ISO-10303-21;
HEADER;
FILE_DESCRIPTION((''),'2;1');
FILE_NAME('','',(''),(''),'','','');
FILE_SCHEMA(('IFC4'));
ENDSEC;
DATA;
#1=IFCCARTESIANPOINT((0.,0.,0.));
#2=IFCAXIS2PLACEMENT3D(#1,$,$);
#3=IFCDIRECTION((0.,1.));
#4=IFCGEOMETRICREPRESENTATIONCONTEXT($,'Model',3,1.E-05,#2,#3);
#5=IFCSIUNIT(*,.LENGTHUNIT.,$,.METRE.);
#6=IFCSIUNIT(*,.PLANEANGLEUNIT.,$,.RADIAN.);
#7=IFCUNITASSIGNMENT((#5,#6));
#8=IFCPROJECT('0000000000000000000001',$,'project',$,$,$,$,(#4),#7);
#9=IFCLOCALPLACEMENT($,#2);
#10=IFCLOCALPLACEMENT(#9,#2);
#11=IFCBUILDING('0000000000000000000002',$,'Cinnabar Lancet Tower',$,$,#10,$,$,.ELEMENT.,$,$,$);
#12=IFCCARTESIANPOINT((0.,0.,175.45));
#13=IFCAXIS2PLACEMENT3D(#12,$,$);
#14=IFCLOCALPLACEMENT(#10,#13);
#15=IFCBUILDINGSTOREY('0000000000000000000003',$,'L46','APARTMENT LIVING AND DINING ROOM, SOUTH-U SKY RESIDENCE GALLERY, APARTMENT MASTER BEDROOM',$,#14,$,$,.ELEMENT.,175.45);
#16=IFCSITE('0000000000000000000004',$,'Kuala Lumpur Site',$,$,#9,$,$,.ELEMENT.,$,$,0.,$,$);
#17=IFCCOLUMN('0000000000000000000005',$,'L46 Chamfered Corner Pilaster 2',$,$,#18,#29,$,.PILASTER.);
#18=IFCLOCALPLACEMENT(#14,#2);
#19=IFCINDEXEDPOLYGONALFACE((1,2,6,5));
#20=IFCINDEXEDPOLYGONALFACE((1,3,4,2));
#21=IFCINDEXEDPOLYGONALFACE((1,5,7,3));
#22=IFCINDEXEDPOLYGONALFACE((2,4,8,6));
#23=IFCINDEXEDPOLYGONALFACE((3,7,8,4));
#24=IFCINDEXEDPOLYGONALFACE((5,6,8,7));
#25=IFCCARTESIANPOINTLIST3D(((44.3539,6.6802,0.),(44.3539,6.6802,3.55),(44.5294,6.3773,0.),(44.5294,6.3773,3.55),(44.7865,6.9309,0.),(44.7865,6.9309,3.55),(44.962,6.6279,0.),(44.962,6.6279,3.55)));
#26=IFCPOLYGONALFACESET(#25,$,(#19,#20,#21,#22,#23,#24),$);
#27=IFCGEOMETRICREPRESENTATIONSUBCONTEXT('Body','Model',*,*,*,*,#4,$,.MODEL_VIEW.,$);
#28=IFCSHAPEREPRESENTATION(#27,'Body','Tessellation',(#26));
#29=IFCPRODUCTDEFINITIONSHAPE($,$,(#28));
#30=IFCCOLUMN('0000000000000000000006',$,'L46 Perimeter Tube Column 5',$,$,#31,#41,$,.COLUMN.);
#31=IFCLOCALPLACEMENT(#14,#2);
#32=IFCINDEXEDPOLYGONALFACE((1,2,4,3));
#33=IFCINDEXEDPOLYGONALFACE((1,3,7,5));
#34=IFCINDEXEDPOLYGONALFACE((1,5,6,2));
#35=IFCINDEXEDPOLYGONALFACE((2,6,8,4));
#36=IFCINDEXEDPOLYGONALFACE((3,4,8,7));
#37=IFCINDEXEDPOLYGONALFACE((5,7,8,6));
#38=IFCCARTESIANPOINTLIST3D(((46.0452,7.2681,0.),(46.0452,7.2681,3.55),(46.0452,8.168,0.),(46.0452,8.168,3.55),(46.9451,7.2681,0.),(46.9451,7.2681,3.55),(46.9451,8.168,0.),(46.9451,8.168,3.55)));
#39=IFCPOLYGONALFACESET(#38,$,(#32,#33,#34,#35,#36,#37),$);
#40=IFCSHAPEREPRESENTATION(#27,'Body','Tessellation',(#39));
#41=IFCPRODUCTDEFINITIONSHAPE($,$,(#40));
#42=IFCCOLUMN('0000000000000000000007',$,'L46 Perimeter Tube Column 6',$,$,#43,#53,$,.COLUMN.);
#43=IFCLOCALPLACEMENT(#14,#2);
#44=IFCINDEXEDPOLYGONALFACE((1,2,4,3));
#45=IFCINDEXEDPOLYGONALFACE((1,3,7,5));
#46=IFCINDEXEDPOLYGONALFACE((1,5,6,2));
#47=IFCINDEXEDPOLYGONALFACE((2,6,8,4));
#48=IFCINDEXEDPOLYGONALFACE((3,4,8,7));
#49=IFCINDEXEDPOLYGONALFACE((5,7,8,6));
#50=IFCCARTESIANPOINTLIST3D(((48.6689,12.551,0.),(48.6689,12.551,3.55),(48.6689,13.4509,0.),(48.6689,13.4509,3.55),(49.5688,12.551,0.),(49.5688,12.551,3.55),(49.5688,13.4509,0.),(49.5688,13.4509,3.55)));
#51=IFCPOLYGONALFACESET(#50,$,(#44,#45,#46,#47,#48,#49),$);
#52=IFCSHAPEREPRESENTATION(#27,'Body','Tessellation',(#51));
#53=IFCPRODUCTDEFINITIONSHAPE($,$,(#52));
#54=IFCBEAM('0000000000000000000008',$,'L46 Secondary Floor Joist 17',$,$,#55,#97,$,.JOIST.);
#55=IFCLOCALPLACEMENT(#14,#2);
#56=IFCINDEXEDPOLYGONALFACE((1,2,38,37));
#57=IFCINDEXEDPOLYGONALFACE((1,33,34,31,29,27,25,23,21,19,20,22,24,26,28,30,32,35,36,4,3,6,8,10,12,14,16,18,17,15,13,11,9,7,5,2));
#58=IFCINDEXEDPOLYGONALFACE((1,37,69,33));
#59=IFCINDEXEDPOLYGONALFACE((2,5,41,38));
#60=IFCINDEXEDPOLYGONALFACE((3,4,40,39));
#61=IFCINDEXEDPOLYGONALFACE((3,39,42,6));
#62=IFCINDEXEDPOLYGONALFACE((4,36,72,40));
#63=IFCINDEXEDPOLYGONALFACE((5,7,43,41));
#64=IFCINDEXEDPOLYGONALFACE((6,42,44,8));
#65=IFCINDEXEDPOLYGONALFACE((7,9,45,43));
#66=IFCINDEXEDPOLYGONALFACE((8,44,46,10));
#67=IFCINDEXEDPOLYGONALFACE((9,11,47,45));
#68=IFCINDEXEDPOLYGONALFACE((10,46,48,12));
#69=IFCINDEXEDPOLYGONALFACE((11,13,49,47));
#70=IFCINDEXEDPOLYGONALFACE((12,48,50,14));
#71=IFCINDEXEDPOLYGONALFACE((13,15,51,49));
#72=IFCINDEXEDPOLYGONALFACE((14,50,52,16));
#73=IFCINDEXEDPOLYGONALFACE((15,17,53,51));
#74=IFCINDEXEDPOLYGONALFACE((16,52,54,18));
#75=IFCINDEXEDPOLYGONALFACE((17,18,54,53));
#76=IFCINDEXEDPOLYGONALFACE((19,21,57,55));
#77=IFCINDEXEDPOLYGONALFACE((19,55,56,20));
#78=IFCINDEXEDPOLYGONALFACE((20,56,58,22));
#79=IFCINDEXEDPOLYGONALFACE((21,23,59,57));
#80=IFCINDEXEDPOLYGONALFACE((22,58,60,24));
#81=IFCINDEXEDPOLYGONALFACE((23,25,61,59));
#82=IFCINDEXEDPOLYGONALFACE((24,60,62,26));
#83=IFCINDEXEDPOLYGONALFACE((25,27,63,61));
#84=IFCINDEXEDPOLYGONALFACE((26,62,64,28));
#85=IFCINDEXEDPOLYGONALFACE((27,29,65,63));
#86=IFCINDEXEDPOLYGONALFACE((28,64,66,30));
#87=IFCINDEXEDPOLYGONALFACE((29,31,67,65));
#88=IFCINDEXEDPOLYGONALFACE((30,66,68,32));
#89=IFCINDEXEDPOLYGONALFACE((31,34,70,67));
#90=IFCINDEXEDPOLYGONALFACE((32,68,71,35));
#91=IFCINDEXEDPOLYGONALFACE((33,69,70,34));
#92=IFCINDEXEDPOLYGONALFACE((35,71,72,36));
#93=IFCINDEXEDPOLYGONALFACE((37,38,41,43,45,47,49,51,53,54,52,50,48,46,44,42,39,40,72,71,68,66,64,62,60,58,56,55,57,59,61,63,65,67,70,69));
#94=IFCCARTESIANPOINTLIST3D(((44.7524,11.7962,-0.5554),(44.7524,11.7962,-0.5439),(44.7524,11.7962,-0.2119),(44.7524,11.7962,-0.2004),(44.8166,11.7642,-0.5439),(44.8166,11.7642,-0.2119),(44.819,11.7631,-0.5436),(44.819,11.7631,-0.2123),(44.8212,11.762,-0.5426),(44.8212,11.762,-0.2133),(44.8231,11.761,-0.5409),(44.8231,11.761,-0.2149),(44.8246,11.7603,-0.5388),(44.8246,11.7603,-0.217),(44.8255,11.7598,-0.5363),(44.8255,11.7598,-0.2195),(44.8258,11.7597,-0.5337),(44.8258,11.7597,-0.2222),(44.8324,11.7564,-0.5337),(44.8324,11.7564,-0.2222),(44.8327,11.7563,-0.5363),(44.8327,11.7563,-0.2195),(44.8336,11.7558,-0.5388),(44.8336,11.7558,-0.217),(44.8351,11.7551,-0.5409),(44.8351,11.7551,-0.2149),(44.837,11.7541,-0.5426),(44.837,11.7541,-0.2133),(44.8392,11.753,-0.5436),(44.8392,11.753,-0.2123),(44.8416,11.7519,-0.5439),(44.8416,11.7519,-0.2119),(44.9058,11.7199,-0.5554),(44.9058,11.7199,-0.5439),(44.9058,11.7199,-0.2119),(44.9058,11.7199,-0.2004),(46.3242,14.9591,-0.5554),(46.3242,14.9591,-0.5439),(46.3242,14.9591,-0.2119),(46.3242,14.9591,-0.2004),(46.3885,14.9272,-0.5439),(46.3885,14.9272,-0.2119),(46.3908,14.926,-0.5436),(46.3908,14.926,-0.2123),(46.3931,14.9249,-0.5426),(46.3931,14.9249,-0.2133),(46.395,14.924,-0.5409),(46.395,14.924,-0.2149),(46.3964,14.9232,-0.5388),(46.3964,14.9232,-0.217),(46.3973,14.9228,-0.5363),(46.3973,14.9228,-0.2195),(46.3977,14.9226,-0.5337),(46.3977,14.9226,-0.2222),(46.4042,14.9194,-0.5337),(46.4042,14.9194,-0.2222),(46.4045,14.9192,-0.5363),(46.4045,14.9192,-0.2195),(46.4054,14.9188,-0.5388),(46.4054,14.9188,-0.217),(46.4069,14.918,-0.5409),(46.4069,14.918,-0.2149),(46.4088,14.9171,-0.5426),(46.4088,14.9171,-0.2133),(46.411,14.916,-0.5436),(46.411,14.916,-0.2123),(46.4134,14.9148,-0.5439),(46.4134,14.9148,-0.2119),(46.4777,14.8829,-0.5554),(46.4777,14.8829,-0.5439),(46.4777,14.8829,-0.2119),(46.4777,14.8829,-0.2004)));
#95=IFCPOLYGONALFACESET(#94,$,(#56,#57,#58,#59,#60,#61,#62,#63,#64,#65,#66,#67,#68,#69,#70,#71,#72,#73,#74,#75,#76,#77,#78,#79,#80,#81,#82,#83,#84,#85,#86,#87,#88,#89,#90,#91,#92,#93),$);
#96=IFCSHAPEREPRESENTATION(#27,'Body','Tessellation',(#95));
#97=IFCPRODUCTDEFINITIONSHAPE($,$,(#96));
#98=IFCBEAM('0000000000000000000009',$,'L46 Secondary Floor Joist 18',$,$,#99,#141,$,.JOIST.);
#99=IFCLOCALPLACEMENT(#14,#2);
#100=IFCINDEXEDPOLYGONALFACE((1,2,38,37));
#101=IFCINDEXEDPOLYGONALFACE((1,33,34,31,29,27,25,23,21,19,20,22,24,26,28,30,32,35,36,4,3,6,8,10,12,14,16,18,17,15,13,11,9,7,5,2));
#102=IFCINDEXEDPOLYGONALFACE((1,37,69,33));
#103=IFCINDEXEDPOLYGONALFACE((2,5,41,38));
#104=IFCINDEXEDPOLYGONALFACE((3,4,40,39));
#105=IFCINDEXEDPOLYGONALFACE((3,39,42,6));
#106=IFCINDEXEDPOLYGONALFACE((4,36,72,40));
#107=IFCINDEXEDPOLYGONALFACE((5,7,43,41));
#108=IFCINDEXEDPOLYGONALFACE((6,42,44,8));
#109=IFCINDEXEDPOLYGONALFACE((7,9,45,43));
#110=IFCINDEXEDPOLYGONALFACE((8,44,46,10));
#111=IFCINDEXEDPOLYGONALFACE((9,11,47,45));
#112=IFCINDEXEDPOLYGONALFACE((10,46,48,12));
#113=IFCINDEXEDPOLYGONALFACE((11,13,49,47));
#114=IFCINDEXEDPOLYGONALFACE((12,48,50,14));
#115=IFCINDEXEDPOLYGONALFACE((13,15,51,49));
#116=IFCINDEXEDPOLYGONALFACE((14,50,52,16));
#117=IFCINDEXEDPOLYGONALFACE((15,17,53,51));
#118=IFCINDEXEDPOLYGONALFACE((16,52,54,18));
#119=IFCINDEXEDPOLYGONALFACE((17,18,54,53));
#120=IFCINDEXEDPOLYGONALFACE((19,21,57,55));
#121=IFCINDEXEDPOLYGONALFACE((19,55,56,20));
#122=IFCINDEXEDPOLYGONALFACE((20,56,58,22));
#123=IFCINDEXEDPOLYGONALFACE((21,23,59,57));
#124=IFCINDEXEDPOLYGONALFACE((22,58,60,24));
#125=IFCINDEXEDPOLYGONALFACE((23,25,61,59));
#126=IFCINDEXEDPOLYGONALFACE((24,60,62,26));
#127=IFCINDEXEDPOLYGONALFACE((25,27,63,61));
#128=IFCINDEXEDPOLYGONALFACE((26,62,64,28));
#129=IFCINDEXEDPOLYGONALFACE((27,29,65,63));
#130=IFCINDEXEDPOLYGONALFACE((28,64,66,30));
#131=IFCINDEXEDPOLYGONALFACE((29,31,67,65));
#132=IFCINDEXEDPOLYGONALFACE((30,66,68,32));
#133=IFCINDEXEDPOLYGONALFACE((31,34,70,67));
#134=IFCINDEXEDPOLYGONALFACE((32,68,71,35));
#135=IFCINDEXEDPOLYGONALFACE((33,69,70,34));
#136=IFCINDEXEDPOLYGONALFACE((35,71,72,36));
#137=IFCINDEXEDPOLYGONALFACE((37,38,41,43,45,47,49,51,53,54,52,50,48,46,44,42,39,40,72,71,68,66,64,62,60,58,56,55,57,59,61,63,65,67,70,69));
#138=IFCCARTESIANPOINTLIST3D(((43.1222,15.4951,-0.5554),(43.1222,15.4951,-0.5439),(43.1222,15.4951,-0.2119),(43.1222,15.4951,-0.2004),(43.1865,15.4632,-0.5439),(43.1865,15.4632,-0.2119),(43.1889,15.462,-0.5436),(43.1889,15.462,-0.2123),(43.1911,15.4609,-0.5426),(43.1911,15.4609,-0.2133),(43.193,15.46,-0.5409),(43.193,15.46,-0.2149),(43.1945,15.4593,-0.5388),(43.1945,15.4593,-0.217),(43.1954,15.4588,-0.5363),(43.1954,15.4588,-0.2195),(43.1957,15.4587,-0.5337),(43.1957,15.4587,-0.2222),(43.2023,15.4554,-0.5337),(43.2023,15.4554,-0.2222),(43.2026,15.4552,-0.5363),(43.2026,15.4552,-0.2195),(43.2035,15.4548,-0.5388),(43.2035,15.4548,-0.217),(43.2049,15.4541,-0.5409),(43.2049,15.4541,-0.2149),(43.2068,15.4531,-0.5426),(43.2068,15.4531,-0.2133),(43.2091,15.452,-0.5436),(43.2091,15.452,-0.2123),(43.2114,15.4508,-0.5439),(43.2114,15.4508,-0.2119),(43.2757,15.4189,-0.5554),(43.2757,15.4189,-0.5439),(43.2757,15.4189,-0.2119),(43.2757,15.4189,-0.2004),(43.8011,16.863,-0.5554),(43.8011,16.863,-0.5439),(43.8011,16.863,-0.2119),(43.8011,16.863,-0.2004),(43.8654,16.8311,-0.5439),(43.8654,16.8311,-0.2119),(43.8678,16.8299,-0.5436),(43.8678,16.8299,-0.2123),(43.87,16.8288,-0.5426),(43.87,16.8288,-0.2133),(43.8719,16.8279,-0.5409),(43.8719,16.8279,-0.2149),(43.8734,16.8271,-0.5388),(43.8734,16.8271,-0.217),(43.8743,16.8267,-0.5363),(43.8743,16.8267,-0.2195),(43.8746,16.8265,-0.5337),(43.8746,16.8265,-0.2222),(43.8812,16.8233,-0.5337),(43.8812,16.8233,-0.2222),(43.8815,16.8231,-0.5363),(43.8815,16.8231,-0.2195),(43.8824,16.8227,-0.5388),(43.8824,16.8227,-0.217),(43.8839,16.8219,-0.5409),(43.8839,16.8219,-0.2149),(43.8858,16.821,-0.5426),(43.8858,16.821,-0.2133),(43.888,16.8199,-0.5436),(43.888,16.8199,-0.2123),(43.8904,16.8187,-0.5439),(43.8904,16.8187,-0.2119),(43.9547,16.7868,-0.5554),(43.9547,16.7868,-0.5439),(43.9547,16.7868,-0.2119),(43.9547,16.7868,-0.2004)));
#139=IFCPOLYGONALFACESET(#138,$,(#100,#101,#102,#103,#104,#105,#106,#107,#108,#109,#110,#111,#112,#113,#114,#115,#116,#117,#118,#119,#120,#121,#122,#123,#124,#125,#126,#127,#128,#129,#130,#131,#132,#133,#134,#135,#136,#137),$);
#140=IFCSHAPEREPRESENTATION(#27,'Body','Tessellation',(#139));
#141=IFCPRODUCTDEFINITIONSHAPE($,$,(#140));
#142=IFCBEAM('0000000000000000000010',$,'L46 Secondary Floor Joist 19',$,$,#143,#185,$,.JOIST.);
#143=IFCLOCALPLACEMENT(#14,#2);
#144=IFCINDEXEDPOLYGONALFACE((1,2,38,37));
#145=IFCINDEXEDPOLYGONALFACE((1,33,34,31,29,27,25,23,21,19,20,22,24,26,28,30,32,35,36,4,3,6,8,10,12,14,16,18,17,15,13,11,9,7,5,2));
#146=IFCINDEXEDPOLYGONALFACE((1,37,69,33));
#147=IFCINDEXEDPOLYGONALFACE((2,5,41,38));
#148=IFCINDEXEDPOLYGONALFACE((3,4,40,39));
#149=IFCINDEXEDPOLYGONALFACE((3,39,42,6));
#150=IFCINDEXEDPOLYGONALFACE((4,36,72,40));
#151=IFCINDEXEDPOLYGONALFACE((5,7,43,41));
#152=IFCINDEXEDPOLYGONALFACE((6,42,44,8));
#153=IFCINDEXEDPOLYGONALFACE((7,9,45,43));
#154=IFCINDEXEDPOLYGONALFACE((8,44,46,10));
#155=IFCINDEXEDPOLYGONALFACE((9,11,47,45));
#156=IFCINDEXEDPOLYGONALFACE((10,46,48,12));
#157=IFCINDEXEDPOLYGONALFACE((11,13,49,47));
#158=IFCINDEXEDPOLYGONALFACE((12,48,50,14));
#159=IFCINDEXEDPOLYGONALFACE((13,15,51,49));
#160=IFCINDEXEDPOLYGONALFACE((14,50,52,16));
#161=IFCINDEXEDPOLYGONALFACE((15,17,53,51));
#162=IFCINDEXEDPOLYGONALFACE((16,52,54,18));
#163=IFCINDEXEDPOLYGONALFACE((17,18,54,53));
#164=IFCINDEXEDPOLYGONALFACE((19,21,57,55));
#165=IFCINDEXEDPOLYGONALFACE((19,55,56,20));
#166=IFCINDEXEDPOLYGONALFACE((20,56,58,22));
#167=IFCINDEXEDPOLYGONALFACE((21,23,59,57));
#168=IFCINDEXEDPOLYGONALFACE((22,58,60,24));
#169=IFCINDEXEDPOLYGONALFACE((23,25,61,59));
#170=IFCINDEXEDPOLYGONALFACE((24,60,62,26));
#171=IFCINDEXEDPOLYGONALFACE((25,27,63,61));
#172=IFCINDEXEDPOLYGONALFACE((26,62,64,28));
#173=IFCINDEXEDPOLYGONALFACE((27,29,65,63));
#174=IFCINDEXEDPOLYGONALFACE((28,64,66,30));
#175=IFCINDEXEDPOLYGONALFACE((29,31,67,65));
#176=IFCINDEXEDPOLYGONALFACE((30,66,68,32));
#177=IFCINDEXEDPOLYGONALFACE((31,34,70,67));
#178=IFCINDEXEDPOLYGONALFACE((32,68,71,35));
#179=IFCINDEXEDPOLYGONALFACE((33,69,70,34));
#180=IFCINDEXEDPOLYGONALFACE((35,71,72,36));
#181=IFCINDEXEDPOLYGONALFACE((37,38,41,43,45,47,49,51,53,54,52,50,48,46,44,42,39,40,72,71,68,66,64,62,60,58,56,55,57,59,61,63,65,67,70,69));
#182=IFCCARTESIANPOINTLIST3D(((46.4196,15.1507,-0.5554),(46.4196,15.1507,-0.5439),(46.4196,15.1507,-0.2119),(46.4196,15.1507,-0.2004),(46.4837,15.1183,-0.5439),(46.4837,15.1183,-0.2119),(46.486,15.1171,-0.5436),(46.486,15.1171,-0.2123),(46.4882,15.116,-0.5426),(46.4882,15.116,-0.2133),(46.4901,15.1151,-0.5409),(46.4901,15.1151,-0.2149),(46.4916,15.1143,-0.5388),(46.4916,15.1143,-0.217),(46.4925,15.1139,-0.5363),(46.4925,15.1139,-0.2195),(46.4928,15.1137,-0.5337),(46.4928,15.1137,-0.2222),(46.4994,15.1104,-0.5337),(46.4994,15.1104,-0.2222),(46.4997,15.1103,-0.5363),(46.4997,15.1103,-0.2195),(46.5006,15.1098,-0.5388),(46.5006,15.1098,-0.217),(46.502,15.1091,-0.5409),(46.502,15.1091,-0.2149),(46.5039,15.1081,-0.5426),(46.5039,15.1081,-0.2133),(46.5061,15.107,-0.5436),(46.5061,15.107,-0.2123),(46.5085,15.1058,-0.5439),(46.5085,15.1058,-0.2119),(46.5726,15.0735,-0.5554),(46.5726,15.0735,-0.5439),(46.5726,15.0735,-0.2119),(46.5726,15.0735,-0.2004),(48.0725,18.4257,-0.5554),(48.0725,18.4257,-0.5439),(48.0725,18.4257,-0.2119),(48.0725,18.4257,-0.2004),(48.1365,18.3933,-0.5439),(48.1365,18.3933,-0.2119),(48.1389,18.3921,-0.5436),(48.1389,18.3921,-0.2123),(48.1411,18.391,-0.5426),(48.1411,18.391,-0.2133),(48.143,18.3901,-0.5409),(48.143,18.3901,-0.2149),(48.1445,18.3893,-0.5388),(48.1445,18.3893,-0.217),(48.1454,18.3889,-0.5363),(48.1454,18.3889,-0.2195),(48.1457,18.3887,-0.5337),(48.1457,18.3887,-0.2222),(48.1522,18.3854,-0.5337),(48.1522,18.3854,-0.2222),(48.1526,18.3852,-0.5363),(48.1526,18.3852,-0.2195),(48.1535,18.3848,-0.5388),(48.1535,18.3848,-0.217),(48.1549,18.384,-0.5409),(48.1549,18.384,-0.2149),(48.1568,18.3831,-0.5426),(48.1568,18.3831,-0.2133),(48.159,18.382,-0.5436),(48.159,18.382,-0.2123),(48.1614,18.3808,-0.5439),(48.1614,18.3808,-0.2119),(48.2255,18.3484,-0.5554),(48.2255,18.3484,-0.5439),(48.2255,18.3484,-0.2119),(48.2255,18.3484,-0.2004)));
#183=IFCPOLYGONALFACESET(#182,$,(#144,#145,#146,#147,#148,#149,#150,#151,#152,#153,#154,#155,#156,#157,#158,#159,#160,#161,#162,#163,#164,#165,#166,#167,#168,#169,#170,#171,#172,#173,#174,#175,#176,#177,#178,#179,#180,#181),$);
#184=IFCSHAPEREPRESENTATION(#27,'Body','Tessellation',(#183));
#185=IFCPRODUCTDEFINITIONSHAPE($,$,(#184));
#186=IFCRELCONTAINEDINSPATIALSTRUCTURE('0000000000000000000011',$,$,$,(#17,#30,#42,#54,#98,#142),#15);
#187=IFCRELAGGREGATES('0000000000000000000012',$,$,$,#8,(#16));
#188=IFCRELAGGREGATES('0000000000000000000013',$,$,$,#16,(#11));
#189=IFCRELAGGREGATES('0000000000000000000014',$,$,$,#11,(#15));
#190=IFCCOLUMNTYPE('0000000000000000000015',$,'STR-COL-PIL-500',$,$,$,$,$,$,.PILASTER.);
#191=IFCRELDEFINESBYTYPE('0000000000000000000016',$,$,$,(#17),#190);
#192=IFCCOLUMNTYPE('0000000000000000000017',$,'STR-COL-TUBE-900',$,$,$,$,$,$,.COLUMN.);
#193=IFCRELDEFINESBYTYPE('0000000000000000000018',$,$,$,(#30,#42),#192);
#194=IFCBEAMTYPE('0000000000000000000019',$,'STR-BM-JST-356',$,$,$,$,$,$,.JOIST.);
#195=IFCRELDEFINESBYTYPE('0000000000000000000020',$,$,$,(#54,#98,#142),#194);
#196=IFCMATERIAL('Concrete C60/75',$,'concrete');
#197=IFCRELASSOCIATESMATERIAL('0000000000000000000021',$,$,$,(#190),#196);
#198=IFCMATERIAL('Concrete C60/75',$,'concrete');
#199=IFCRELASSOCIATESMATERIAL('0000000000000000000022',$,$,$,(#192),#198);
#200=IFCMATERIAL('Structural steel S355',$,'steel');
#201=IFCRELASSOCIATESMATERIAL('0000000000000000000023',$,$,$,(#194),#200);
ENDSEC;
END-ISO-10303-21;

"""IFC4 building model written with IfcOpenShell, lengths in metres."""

from ifc_helpers import new_model, si_unit, direction, frame, origin, origin_2d, place, context, subcontext, project, spatial, rectangle, i_section, extrude, material, material_profile, profile_set, type_object, element, save


model = new_model("IFC4")

# Units and contexts
model_context = context("Model", 3, precision=1e-05, world=origin(), true_north=direction((0.0, 1.0)))
body_context = subcontext(model_context, "Body", "Model", "MODEL_VIEW")
ifc_project = project(units=[si_unit("LENGTHUNIT", "METRE"), si_unit("PLANEANGLEUNIT", "RADIAN")], contexts=[model_context])

# Site, building, storey
site_placement = place(None, origin())
site = spatial("IfcSite", under=ifc_project, at=site_placement, Name="Kuala Lumpur Site", CompositionType="ELEMENT", RefElevation=0.0)
building_placement = place(site_placement, origin())
building = spatial("IfcBuilding", under=site, at=building_placement, Name="Cinnabar Lancet Tower", CompositionType="ELEMENT")
storey_placement = place(building_placement, frame((0.0, 0.0, 175.45)))
storey = spatial("IfcBuildingStorey", under=building, at=storey_placement, Name="L46", Description="APARTMENT LIVING AND DINING ROOM, SOUTH-U SKY RESIDENCE GALLERY, APARTMENT MASTER BEDROOM", CompositionType="ELEMENT", Elevation=175.45)

# Columns
ifc_material_1 = material(Name="Concrete C60/75", Category="concrete")
ifc_material_profile_1 = material_profile(ifc_material_1, rectangle(XDim=0.5, YDim=0.3501, at=origin_2d()), Name="RC-PIL 500x350")
ifc_profile_set_1 = profile_set([ifc_material_profile_1], Name="Concrete C60/75")
column_type_1 = type_object("IfcColumnType", Name="STR-COL-PIL-500", PredefinedType="PILASTER", material=ifc_profile_set_1)
column_placement = place(storey_placement, frame((44.658, 6.6541, 0.0), z_axis=(0.0, 0.0, 1.0), x_axis=(0.86523, 0.501375, 0.0)))
element("IfcColumn", 1, at=column_placement, inside=storey, type_object=column_type_1, Name="L46 Chamfered Corner Pilaster 2", PredefinedType="PILASTER", context=body_context, shape_type="SweptSolid", body=[
    extrude(rectangle(XDim=0.5, YDim=0.3501, at=origin_2d()), origin(), (0.0, 0.0, 1.0), 3.55),
])
ifc_material_2 = material(Name="Concrete C60/75", Category="concrete")
ifc_material_profile_2 = material_profile(ifc_material_2, rectangle(XDim=0.8999, YDim=0.8999, at=origin_2d()), Name="RC-COL 900x900")
ifc_profile_set_2 = profile_set([ifc_material_profile_2], Name="Concrete C60/75")
column_type_2 = type_object("IfcColumnType", Name="STR-COL-TUBE-900", PredefinedType="COLUMN", material=ifc_profile_set_2)
for number, where, z_axis, x_axis, name in (
    (2, (46.4951, 7.718, 0.0), (0.0, 0.0, 1.0), (1.0, 0.0, 0.0), "L46 Perimeter Tube Column 5"),
    (3, (49.1189, 13.001, 0.0), (0.0, 0.0, 1.0), (1.0, 0.0, 0.0), "L46 Perimeter Tube Column 6"),
):
    element("IfcColumn", number, at=place(storey_placement, frame(where, z_axis=z_axis, x_axis=x_axis)), inside=storey, type_object=column_type_2, Name=name, PredefinedType="COLUMN", context=body_context, shape_type="SweptSolid", body=[
        extrude(rectangle(XDim=0.8999, YDim=0.8999, at=origin_2d()), origin(), (0.0, 0.0, 1.0), 3.55),
    ])

# Beams
ifc_material_3 = material(Name="Structural steel S355", Category="steel")
ifc_material_profile_3 = material_profile(ifc_material_3, i_section(OverallWidth=0.1714, OverallDepth=0.355, WebThickness=0.0073, FlangeThickness=0.0115, FilletRadius=0.0103, at=origin_2d()), Name="UKB 356x171x51")
ifc_profile_set_3 = profile_set([ifc_material_profile_3], Name="Structural steel S355")
beam_type_1 = type_object("IfcBeamType", Name="STR-BM-JST-356", PredefinedType="JOIST", material=ifc_profile_set_3)
beam_1_placement = place(storey_placement, frame((44.8291, 11.7581, -0.3779), z_axis=(0.445028, 0.895517, 0.0), x_axis=(-0.895517, 0.445028, 0.0)))
element("IfcBeam", 4, at=beam_1_placement, inside=storey, type_object=beam_type_1, Name="L46 Secondary Floor Joist 17", PredefinedType="JOIST", context=body_context, shape_type="SweptSolid", body=[
    extrude(i_section(OverallWidth=0.1714, OverallDepth=0.355, WebThickness=0.0073, FlangeThickness=0.0115, FilletRadius=0.0103, at=origin_2d()), origin(), (0.0, 0.0, 1.0), 3.532),
])
beam_2_placement = place(storey_placement, frame((43.199, 15.457, -0.3779), z_axis=(0.44459, 0.895734, 0.0), x_axis=(-0.895734, 0.44459, 0.0)))
element("IfcBeam", 5, at=beam_2_placement, inside=storey, type_object=beam_type_1, Name="L46 Secondary Floor Joist 18", PredefinedType="JOIST", context=body_context, shape_type="SweptSolid", body=[
    extrude(i_section(OverallWidth=0.1714, OverallDepth=0.355, WebThickness=0.0073, FlangeThickness=0.0115, FilletRadius=0.0103, at=origin_2d()), origin(), (0.0, 0.0, 1.0), 1.5271),
])
beam_3_placement = place(storey_placement, frame((46.4961, 15.1121, -0.3779), z_axis=(0.450565, 0.892744, 0.0), x_axis=(-0.892744, 0.450565, 0.0)))
element("IfcBeam", 6, at=beam_3_placement, inside=storey, type_object=beam_type_1, Name="L46 Secondary Floor Joist 19", PredefinedType="JOIST", context=body_context, shape_type="SweptSolid", body=[
    extrude(i_section(OverallWidth=0.1714, OverallDepth=0.355, WebThickness=0.0073, FlangeThickness=0.0115, FilletRadius=0.0103, at=origin_2d()), origin(), (0.0, 0.0, 1.0), 3.6685),
])

save(model, "model.ifc")
